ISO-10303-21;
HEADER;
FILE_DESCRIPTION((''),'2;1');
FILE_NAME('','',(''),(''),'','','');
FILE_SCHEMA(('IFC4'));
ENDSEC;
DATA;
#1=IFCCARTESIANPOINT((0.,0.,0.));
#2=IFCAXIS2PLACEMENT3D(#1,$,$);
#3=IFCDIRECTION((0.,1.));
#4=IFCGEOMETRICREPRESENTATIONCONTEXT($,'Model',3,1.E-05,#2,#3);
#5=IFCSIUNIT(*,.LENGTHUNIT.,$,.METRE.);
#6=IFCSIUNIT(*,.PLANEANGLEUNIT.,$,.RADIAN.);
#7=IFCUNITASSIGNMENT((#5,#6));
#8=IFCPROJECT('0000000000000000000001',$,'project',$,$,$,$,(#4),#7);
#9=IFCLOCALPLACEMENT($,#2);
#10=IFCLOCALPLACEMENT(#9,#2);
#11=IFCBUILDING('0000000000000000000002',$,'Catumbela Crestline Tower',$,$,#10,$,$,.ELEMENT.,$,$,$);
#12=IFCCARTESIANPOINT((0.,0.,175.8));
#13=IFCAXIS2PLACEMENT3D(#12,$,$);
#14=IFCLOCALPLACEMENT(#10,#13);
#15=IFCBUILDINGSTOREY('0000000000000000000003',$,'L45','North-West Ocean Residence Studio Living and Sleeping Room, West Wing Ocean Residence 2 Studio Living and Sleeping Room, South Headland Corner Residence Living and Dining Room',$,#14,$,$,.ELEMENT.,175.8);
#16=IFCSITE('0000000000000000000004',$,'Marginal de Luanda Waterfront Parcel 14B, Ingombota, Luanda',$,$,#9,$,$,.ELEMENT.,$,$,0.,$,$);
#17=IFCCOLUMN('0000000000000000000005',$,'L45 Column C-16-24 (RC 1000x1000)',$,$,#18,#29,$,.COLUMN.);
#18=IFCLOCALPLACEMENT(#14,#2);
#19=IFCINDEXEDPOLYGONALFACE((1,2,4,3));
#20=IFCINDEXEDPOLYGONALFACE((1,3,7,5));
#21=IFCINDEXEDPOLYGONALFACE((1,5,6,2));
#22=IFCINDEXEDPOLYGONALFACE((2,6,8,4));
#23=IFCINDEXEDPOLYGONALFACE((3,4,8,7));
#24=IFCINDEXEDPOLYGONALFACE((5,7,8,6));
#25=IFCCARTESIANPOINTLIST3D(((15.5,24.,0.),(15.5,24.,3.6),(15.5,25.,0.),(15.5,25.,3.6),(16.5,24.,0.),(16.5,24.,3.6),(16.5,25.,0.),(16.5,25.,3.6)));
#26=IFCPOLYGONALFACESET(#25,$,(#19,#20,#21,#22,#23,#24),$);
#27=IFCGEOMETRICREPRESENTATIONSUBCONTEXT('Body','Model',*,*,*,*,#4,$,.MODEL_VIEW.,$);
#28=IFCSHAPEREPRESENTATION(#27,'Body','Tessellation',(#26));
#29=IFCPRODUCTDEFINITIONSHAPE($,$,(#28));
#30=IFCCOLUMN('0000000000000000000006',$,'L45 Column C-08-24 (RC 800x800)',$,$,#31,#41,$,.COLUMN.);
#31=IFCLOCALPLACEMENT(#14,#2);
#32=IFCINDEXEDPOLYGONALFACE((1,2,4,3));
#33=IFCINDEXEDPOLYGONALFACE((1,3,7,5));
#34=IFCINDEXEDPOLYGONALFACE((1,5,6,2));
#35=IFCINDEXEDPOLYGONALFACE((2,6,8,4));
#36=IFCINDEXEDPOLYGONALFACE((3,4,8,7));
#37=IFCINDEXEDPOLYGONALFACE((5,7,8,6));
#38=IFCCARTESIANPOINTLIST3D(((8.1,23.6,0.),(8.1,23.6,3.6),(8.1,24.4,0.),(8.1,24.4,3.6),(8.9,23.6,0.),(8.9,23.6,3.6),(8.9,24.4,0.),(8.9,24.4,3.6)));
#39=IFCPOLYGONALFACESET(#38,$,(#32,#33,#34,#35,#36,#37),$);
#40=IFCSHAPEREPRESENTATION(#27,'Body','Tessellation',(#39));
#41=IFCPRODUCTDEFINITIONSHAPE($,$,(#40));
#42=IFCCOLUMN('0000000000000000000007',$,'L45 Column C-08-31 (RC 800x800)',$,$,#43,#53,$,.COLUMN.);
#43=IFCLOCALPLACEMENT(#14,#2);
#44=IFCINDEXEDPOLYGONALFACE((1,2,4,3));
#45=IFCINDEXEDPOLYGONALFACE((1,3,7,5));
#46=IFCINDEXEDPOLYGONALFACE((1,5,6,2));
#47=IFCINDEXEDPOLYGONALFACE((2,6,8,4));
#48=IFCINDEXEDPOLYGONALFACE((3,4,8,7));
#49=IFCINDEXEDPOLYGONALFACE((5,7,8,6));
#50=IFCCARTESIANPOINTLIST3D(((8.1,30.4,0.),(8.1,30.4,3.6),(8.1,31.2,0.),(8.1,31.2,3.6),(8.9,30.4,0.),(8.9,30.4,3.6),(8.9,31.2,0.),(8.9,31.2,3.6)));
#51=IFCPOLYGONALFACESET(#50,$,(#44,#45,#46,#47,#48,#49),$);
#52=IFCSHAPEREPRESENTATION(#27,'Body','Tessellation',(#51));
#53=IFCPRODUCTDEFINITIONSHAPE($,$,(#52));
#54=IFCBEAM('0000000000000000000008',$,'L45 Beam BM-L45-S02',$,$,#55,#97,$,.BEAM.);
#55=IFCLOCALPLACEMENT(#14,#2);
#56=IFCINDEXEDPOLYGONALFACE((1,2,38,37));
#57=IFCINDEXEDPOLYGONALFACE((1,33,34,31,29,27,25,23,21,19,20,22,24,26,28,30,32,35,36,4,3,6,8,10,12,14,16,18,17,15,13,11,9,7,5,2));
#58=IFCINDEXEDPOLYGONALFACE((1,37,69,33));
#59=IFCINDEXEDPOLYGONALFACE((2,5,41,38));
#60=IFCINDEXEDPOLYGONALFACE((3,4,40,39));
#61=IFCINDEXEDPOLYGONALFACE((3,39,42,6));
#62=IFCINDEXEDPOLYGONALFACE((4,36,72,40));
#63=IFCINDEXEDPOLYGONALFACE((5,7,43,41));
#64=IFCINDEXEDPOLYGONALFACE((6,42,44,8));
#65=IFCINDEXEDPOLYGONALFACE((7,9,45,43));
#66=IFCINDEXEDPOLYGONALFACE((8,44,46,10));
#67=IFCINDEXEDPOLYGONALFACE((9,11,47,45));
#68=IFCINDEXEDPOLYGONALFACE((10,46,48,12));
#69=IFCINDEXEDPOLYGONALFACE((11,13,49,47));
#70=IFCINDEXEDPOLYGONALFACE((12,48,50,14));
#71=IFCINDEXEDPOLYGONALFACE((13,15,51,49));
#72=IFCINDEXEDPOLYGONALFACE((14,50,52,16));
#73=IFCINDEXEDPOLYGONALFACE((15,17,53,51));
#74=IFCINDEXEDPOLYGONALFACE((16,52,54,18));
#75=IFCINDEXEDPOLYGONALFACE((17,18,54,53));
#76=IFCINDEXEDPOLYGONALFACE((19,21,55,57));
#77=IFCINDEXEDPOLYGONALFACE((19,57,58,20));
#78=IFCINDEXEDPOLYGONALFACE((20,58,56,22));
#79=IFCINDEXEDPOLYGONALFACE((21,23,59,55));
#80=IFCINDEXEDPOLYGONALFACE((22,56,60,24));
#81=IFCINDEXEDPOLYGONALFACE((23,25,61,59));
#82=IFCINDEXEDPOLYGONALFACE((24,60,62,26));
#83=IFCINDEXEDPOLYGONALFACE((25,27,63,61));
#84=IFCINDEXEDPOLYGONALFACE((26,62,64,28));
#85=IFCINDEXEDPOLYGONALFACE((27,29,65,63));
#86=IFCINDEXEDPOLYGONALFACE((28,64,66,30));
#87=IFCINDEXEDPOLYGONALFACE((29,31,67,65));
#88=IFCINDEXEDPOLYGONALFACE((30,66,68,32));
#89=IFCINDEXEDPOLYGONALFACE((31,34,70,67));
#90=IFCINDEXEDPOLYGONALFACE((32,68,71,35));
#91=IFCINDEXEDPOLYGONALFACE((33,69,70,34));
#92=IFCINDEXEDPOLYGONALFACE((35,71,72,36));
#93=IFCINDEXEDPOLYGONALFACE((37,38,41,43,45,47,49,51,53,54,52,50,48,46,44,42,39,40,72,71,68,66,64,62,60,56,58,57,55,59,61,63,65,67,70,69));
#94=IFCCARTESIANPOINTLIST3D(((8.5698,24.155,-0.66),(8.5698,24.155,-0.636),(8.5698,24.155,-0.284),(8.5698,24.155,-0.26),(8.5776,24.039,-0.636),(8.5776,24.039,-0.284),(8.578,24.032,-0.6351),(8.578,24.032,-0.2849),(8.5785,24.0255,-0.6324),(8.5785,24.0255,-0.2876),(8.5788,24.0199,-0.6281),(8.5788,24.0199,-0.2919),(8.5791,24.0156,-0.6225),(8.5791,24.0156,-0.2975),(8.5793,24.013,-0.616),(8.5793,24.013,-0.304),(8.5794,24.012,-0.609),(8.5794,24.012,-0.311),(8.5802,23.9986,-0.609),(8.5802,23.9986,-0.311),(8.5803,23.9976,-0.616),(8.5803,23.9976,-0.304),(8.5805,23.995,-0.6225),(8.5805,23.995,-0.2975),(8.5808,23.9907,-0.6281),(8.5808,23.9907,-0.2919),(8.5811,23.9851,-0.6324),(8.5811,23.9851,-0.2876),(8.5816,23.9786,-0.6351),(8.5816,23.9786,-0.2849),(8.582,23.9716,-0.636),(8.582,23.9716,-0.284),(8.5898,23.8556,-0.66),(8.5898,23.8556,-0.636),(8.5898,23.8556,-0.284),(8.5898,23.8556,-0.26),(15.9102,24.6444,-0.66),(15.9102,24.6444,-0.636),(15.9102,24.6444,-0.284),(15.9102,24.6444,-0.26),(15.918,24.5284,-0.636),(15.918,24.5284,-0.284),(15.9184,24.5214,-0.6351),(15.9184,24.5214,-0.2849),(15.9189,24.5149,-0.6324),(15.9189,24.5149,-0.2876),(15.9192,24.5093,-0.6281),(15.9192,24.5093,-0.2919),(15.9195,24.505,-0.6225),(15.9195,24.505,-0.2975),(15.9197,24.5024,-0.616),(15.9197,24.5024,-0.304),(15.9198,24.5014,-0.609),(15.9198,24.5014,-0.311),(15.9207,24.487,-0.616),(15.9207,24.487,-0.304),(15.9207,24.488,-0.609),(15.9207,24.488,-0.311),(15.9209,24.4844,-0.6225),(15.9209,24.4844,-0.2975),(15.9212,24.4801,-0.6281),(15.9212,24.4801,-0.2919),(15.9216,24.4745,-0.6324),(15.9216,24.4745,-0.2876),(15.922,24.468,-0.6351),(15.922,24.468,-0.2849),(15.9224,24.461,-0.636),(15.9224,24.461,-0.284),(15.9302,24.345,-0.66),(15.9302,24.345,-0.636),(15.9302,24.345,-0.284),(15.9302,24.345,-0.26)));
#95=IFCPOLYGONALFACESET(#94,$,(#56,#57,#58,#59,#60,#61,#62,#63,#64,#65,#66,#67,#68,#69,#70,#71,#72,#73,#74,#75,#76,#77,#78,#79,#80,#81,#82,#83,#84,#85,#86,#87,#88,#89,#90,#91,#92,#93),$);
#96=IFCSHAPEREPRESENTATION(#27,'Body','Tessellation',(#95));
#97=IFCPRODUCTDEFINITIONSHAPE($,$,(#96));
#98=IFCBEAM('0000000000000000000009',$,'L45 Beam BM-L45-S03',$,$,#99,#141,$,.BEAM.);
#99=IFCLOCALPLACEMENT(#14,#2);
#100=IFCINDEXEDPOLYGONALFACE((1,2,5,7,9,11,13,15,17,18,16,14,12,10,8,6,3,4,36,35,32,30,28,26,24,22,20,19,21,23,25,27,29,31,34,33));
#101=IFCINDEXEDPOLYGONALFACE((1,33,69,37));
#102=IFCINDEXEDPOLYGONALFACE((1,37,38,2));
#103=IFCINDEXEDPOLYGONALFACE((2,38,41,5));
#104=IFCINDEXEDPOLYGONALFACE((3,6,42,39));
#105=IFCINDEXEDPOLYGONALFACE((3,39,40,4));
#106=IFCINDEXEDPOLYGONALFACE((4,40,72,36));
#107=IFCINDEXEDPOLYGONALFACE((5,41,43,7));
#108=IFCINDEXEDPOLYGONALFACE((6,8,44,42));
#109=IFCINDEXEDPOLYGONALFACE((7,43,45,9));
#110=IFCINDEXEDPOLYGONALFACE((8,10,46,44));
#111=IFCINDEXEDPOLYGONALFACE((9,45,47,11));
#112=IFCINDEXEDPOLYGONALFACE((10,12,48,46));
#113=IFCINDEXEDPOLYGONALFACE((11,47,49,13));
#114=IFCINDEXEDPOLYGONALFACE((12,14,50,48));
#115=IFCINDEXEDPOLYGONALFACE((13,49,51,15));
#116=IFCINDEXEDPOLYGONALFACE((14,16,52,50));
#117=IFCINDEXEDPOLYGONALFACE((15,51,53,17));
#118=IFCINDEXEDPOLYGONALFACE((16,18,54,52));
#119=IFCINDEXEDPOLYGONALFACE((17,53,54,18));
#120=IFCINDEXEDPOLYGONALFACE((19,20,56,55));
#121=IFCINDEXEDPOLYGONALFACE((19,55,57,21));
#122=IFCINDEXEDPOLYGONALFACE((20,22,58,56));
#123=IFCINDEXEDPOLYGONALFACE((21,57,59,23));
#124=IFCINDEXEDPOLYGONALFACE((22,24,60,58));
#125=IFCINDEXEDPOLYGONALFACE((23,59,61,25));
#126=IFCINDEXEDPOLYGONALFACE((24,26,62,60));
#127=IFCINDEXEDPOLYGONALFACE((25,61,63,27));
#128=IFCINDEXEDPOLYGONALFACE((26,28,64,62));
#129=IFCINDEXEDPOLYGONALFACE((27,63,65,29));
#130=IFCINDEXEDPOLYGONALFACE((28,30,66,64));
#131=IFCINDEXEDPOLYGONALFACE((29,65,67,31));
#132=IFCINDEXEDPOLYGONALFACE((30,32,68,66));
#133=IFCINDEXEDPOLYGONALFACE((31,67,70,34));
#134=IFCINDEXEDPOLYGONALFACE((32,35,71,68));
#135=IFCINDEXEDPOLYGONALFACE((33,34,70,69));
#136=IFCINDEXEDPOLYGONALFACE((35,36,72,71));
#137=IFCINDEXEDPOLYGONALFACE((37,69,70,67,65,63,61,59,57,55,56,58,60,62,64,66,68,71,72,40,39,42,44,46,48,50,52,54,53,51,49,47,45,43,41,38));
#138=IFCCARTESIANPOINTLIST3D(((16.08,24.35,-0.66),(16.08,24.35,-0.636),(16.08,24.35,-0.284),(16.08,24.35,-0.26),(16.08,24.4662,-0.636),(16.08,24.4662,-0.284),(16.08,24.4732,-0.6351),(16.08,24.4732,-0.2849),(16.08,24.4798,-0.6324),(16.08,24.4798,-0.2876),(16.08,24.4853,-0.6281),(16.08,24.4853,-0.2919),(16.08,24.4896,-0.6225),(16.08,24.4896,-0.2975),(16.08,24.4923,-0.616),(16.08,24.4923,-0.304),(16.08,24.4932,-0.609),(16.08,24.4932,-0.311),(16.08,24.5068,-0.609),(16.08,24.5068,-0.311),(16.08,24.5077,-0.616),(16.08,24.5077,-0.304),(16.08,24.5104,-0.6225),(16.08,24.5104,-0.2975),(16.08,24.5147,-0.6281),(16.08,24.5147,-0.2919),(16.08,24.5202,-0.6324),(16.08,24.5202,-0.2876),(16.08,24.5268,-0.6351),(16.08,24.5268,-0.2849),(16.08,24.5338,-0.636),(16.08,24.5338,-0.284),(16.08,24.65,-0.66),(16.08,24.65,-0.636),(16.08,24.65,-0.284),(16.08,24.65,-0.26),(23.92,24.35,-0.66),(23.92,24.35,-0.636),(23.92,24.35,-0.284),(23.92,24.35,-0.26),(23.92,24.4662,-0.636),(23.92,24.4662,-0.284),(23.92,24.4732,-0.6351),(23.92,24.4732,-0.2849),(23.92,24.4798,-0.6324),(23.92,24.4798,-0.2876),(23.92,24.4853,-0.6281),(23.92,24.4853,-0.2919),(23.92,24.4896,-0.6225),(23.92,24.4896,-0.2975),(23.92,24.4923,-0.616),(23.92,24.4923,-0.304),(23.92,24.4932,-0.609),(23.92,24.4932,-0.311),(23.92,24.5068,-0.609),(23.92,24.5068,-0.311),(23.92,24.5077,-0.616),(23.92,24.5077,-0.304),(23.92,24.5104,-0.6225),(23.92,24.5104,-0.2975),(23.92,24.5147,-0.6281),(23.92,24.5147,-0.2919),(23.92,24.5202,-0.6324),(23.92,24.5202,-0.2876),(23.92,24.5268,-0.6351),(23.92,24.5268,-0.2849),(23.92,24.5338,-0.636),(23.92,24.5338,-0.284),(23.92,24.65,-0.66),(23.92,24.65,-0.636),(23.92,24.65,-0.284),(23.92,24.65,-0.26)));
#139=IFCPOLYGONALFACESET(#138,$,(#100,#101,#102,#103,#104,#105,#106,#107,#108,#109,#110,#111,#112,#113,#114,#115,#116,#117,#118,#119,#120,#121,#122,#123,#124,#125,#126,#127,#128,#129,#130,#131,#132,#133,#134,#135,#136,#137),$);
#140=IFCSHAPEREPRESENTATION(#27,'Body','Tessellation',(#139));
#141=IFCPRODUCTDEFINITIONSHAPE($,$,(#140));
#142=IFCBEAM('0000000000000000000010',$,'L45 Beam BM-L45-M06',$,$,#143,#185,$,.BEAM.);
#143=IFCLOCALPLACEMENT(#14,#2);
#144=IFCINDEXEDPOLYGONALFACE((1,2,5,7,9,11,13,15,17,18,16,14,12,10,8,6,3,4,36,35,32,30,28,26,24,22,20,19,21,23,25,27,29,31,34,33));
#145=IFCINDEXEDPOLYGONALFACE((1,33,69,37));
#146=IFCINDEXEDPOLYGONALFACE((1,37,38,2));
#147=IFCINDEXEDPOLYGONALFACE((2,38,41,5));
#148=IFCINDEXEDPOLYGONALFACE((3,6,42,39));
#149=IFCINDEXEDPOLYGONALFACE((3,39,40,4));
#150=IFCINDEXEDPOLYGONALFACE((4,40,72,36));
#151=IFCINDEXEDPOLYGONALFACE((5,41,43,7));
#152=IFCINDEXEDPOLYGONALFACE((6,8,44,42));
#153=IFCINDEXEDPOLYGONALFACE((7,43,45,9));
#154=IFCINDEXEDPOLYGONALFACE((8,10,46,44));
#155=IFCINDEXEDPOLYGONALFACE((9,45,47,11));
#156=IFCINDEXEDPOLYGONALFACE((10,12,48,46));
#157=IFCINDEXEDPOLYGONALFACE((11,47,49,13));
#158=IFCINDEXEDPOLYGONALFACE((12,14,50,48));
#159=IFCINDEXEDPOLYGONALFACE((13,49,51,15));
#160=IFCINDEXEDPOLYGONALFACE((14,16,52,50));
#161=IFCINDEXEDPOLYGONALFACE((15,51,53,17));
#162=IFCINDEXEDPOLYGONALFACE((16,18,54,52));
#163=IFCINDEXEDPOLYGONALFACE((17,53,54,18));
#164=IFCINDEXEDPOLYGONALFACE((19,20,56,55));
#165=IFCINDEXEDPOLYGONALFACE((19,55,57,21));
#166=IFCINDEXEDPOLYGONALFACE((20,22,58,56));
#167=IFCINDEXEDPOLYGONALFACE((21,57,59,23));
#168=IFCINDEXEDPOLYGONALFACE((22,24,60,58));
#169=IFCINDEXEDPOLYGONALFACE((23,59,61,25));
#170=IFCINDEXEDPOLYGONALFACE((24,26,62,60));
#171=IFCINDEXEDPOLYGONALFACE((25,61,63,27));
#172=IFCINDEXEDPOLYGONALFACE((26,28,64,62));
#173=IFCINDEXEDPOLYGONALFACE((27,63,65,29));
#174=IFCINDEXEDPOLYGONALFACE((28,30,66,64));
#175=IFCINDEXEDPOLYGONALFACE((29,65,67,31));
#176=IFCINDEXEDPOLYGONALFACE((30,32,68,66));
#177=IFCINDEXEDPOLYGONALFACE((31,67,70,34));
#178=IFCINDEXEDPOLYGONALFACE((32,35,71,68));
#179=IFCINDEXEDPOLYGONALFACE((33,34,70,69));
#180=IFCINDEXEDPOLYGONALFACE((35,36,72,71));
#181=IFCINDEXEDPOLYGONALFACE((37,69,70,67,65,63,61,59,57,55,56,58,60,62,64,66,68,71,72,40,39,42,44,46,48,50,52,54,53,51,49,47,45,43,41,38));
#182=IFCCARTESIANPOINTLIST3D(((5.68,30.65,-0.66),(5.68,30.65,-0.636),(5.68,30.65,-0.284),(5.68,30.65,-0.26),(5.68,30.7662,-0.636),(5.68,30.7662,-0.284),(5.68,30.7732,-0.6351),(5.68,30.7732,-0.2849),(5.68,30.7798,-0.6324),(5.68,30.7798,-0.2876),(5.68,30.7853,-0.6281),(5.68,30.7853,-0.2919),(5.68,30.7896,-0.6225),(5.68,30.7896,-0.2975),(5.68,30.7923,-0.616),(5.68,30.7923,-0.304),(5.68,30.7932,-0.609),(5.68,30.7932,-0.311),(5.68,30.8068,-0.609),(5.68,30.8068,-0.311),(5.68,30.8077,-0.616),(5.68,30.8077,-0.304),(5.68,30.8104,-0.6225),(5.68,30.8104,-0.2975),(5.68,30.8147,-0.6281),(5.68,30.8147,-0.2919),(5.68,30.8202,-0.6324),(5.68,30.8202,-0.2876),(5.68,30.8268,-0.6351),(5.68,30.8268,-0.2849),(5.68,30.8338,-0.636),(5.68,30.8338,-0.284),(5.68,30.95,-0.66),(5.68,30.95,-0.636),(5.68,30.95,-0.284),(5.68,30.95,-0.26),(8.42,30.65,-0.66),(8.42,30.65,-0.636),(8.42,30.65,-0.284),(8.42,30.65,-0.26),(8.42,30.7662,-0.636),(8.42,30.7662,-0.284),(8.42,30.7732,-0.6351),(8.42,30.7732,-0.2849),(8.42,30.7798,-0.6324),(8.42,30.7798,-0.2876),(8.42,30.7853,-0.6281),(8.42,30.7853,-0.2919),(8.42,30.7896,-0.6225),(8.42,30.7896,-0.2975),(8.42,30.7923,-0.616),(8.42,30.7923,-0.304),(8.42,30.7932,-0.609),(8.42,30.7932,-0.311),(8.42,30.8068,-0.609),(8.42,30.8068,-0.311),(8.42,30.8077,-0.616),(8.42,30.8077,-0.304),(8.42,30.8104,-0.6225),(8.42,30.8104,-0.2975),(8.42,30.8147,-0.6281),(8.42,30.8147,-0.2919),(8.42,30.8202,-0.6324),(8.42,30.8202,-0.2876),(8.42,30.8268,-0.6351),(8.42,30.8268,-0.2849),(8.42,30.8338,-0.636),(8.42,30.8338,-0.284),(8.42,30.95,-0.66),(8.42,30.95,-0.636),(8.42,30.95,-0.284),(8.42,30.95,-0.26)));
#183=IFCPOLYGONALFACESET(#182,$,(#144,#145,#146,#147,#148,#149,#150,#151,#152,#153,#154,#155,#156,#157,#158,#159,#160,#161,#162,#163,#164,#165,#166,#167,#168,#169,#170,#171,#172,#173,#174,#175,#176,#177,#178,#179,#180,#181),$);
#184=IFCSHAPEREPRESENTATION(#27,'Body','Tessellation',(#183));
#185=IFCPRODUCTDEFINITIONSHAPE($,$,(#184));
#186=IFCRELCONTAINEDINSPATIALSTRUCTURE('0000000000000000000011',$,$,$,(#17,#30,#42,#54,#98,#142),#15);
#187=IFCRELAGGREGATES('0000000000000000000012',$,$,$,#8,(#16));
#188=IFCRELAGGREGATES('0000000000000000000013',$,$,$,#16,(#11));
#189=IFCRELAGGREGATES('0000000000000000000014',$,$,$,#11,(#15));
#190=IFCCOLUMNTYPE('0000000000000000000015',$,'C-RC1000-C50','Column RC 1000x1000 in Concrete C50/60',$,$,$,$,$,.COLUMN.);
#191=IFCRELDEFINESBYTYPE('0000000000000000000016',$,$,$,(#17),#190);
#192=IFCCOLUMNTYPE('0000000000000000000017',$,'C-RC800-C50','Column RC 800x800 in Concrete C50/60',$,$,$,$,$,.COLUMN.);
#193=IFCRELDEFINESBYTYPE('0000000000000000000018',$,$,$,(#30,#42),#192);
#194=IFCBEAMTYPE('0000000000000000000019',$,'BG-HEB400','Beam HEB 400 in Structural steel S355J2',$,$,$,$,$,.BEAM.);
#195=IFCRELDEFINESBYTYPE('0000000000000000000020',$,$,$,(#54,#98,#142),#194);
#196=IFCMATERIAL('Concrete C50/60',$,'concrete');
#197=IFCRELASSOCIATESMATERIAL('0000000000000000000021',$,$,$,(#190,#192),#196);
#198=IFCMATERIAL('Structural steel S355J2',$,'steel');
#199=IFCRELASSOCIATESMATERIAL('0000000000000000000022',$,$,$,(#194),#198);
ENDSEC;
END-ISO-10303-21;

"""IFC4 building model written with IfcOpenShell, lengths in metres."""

from ifc_helpers import new_model, si_unit, direction, frame, origin, origin_2d, place, context, subcontext, project, spatial, rectangle, i_section, extrude, material, material_profile, profile_set, type_object, element, save


model = new_model("IFC4")

# Units and contexts
model_context = context("Model", 3, precision=1e-05, world=origin(), true_north=direction((0.0, 1.0)))
body_context = subcontext(model_context, "Body", "Model", "MODEL_VIEW")
ifc_project = project(units=[si_unit("LENGTHUNIT", "METRE"), si_unit("PLANEANGLEUNIT", "RADIAN")], contexts=[model_context])

# Site, building, storey
site_placement = place(None, origin())
site = spatial("IfcSite", under=ifc_project, at=site_placement, Name="Marginal de Luanda Waterfront Parcel 14B, Ingombota, Luanda", CompositionType="ELEMENT", RefElevation=0.0)
building_placement = place(site_placement, origin())
building = spatial("IfcBuilding", under=site, at=building_placement, Name="Catumbela Crestline Tower", CompositionType="ELEMENT")
storey_placement = place(building_placement, frame((0.0, 0.0, 175.8)))
storey = spatial("IfcBuildingStorey", under=building, at=storey_placement, Name="L45", Description="North-West Ocean Residence Studio Living and Sleeping Room, West Wing Ocean Residence 2 Studio Living and Sleeping Room, South Headland Corner Residence Living and Dining Room", CompositionType="ELEMENT", Elevation=175.8)

# Columns
ifc_material_1 = material(Name="Concrete C50/60", Category="concrete")
ifc_material_profile_1 = material_profile(ifc_material_1, rectangle(XDim=1.0, YDim=1.0, at=origin_2d()), Name="RC 1000x1000")
ifc_profile_set_1 = profile_set([ifc_material_profile_1], Name="Concrete C50/60")
column_type_1 = type_object("IfcColumnType", Name="C-RC1000-C50", Description="Column RC 1000x1000 in Concrete C50/60", PredefinedType="COLUMN", material=ifc_profile_set_1)
column_placement = place(storey_placement, frame((16.0, 24.5, 0.0), z_axis=(0.0, 0.0, 1.0), x_axis=(1.0, 0.0, 0.0)))
element("IfcColumn", 1, at=column_placement, inside=storey, type_object=column_type_1, Name="L45 Column C-16-24 (RC 1000x1000)", PredefinedType="COLUMN", context=body_context, shape_type="SweptSolid", body=[
    extrude(rectangle(XDim=1.0, YDim=1.0, at=origin_2d()), origin(), (0.0, 0.0, 1.0), 3.6),
])
ifc_material_profile_2 = material_profile(ifc_material_1, rectangle(XDim=0.8, YDim=0.8, at=origin_2d()), Name="RC 800x800")
ifc_profile_set_2 = profile_set([ifc_material_profile_2], Name="Concrete C50/60")
column_type_2 = type_object("IfcColumnType", Name="C-RC800-C50", Description="Column RC 800x800 in Concrete C50/60", PredefinedType="COLUMN", material=ifc_profile_set_2)
for number, where, z_axis, x_axis, name in (
    (2, (8.5, 24.0, 0.0), (0.0, 0.0, 1.0), (1.0, 0.0, 0.0), "L45 Column C-08-24 (RC 800x800)"),
    (3, (8.5, 30.8, 0.0), (0.0, 0.0, 1.0), (1.0, 0.0, 0.0), "L45 Column C-08-31 (RC 800x800)"),
):
    element("IfcColumn", number, at=place(storey_placement, frame(where, z_axis=z_axis, x_axis=x_axis)), inside=storey, type_object=column_type_2, Name=name, PredefinedType="COLUMN", context=body_context, shape_type="SweptSolid", body=[
        extrude(rectangle(XDim=0.8, YDim=0.8, at=origin_2d()), origin(), (0.0, 0.0, 1.0), 3.6),
    ])

# Beams
ifc_material_2 = material(Name="Structural steel S355J2", Category="steel")
ifc_material_profile_3 = material_profile(ifc_material_2, i_section(OverallWidth=0.3, OverallDepth=0.4, WebThickness=0.0135, FlangeThickness=0.024, FilletRadius=0.027, at=origin_2d()), Name="HEB 400")
ifc_profile_set_3 = profile_set([ifc_material_profile_3], Name="Structural steel S355J2")
beam_type_1 = type_object("IfcBeamType", Name="BG-HEB400", Description="Beam HEB 400 in Structural steel S355J2", PredefinedType="BEAM", material=ifc_profile_set_3)
beam_1_placement = place(storey_placement, frame((8.5798, 24.0053, -0.46), z_axis=(0.997785, 0.066524, 0.0), x_axis=(-0.066524, 0.997785, 0.0)))
element("IfcBeam", 4, at=beam_1_placement, inside=storey, type_object=beam_type_1, Name="L45 Beam BM-L45-S02", PredefinedType="BEAM", context=body_context, shape_type="SweptSolid", body=[
    extrude(i_section(OverallWidth=0.3, OverallDepth=0.4, WebThickness=0.0135, FlangeThickness=0.024, FilletRadius=0.027, at=origin_2d()), origin(), (0.0, 0.0, 1.0), 7.3567),
])
beam_2_placement = place(storey_placement, frame((16.08, 24.5, -0.46), z_axis=(1.0, 0.0, 0.0), x_axis=(0.0, 1.0, 0.0)))
element("IfcBeam", 5, at=beam_2_placement, inside=storey, type_object=beam_type_1, Name="L45 Beam BM-L45-S03", PredefinedType="BEAM", context=body_context, shape_type="SweptSolid", body=[
    extrude(i_section(OverallWidth=0.3, OverallDepth=0.4, WebThickness=0.0135, FlangeThickness=0.024, FilletRadius=0.027, at=origin_2d()), origin(), (0.0, 0.0, 1.0), 7.84),
])
beam_3_placement = place(storey_placement, frame((5.68, 30.8, -0.46), z_axis=(1.0, 0.0, 0.0), x_axis=(0.0, 1.0, 0.0)))
element("IfcBeam", 6, at=beam_3_placement, inside=storey, type_object=beam_type_1, Name="L45 Beam BM-L45-M06", PredefinedType="BEAM", context=body_context, shape_type="SweptSolid", body=[
    extrude(i_section(OverallWidth=0.3, OverallDepth=0.4, WebThickness=0.0135, FlangeThickness=0.024, FilletRadius=0.027, at=origin_2d()), origin(), (0.0, 0.0, 1.0), 2.74),
])

save(model, "model.ifc")
